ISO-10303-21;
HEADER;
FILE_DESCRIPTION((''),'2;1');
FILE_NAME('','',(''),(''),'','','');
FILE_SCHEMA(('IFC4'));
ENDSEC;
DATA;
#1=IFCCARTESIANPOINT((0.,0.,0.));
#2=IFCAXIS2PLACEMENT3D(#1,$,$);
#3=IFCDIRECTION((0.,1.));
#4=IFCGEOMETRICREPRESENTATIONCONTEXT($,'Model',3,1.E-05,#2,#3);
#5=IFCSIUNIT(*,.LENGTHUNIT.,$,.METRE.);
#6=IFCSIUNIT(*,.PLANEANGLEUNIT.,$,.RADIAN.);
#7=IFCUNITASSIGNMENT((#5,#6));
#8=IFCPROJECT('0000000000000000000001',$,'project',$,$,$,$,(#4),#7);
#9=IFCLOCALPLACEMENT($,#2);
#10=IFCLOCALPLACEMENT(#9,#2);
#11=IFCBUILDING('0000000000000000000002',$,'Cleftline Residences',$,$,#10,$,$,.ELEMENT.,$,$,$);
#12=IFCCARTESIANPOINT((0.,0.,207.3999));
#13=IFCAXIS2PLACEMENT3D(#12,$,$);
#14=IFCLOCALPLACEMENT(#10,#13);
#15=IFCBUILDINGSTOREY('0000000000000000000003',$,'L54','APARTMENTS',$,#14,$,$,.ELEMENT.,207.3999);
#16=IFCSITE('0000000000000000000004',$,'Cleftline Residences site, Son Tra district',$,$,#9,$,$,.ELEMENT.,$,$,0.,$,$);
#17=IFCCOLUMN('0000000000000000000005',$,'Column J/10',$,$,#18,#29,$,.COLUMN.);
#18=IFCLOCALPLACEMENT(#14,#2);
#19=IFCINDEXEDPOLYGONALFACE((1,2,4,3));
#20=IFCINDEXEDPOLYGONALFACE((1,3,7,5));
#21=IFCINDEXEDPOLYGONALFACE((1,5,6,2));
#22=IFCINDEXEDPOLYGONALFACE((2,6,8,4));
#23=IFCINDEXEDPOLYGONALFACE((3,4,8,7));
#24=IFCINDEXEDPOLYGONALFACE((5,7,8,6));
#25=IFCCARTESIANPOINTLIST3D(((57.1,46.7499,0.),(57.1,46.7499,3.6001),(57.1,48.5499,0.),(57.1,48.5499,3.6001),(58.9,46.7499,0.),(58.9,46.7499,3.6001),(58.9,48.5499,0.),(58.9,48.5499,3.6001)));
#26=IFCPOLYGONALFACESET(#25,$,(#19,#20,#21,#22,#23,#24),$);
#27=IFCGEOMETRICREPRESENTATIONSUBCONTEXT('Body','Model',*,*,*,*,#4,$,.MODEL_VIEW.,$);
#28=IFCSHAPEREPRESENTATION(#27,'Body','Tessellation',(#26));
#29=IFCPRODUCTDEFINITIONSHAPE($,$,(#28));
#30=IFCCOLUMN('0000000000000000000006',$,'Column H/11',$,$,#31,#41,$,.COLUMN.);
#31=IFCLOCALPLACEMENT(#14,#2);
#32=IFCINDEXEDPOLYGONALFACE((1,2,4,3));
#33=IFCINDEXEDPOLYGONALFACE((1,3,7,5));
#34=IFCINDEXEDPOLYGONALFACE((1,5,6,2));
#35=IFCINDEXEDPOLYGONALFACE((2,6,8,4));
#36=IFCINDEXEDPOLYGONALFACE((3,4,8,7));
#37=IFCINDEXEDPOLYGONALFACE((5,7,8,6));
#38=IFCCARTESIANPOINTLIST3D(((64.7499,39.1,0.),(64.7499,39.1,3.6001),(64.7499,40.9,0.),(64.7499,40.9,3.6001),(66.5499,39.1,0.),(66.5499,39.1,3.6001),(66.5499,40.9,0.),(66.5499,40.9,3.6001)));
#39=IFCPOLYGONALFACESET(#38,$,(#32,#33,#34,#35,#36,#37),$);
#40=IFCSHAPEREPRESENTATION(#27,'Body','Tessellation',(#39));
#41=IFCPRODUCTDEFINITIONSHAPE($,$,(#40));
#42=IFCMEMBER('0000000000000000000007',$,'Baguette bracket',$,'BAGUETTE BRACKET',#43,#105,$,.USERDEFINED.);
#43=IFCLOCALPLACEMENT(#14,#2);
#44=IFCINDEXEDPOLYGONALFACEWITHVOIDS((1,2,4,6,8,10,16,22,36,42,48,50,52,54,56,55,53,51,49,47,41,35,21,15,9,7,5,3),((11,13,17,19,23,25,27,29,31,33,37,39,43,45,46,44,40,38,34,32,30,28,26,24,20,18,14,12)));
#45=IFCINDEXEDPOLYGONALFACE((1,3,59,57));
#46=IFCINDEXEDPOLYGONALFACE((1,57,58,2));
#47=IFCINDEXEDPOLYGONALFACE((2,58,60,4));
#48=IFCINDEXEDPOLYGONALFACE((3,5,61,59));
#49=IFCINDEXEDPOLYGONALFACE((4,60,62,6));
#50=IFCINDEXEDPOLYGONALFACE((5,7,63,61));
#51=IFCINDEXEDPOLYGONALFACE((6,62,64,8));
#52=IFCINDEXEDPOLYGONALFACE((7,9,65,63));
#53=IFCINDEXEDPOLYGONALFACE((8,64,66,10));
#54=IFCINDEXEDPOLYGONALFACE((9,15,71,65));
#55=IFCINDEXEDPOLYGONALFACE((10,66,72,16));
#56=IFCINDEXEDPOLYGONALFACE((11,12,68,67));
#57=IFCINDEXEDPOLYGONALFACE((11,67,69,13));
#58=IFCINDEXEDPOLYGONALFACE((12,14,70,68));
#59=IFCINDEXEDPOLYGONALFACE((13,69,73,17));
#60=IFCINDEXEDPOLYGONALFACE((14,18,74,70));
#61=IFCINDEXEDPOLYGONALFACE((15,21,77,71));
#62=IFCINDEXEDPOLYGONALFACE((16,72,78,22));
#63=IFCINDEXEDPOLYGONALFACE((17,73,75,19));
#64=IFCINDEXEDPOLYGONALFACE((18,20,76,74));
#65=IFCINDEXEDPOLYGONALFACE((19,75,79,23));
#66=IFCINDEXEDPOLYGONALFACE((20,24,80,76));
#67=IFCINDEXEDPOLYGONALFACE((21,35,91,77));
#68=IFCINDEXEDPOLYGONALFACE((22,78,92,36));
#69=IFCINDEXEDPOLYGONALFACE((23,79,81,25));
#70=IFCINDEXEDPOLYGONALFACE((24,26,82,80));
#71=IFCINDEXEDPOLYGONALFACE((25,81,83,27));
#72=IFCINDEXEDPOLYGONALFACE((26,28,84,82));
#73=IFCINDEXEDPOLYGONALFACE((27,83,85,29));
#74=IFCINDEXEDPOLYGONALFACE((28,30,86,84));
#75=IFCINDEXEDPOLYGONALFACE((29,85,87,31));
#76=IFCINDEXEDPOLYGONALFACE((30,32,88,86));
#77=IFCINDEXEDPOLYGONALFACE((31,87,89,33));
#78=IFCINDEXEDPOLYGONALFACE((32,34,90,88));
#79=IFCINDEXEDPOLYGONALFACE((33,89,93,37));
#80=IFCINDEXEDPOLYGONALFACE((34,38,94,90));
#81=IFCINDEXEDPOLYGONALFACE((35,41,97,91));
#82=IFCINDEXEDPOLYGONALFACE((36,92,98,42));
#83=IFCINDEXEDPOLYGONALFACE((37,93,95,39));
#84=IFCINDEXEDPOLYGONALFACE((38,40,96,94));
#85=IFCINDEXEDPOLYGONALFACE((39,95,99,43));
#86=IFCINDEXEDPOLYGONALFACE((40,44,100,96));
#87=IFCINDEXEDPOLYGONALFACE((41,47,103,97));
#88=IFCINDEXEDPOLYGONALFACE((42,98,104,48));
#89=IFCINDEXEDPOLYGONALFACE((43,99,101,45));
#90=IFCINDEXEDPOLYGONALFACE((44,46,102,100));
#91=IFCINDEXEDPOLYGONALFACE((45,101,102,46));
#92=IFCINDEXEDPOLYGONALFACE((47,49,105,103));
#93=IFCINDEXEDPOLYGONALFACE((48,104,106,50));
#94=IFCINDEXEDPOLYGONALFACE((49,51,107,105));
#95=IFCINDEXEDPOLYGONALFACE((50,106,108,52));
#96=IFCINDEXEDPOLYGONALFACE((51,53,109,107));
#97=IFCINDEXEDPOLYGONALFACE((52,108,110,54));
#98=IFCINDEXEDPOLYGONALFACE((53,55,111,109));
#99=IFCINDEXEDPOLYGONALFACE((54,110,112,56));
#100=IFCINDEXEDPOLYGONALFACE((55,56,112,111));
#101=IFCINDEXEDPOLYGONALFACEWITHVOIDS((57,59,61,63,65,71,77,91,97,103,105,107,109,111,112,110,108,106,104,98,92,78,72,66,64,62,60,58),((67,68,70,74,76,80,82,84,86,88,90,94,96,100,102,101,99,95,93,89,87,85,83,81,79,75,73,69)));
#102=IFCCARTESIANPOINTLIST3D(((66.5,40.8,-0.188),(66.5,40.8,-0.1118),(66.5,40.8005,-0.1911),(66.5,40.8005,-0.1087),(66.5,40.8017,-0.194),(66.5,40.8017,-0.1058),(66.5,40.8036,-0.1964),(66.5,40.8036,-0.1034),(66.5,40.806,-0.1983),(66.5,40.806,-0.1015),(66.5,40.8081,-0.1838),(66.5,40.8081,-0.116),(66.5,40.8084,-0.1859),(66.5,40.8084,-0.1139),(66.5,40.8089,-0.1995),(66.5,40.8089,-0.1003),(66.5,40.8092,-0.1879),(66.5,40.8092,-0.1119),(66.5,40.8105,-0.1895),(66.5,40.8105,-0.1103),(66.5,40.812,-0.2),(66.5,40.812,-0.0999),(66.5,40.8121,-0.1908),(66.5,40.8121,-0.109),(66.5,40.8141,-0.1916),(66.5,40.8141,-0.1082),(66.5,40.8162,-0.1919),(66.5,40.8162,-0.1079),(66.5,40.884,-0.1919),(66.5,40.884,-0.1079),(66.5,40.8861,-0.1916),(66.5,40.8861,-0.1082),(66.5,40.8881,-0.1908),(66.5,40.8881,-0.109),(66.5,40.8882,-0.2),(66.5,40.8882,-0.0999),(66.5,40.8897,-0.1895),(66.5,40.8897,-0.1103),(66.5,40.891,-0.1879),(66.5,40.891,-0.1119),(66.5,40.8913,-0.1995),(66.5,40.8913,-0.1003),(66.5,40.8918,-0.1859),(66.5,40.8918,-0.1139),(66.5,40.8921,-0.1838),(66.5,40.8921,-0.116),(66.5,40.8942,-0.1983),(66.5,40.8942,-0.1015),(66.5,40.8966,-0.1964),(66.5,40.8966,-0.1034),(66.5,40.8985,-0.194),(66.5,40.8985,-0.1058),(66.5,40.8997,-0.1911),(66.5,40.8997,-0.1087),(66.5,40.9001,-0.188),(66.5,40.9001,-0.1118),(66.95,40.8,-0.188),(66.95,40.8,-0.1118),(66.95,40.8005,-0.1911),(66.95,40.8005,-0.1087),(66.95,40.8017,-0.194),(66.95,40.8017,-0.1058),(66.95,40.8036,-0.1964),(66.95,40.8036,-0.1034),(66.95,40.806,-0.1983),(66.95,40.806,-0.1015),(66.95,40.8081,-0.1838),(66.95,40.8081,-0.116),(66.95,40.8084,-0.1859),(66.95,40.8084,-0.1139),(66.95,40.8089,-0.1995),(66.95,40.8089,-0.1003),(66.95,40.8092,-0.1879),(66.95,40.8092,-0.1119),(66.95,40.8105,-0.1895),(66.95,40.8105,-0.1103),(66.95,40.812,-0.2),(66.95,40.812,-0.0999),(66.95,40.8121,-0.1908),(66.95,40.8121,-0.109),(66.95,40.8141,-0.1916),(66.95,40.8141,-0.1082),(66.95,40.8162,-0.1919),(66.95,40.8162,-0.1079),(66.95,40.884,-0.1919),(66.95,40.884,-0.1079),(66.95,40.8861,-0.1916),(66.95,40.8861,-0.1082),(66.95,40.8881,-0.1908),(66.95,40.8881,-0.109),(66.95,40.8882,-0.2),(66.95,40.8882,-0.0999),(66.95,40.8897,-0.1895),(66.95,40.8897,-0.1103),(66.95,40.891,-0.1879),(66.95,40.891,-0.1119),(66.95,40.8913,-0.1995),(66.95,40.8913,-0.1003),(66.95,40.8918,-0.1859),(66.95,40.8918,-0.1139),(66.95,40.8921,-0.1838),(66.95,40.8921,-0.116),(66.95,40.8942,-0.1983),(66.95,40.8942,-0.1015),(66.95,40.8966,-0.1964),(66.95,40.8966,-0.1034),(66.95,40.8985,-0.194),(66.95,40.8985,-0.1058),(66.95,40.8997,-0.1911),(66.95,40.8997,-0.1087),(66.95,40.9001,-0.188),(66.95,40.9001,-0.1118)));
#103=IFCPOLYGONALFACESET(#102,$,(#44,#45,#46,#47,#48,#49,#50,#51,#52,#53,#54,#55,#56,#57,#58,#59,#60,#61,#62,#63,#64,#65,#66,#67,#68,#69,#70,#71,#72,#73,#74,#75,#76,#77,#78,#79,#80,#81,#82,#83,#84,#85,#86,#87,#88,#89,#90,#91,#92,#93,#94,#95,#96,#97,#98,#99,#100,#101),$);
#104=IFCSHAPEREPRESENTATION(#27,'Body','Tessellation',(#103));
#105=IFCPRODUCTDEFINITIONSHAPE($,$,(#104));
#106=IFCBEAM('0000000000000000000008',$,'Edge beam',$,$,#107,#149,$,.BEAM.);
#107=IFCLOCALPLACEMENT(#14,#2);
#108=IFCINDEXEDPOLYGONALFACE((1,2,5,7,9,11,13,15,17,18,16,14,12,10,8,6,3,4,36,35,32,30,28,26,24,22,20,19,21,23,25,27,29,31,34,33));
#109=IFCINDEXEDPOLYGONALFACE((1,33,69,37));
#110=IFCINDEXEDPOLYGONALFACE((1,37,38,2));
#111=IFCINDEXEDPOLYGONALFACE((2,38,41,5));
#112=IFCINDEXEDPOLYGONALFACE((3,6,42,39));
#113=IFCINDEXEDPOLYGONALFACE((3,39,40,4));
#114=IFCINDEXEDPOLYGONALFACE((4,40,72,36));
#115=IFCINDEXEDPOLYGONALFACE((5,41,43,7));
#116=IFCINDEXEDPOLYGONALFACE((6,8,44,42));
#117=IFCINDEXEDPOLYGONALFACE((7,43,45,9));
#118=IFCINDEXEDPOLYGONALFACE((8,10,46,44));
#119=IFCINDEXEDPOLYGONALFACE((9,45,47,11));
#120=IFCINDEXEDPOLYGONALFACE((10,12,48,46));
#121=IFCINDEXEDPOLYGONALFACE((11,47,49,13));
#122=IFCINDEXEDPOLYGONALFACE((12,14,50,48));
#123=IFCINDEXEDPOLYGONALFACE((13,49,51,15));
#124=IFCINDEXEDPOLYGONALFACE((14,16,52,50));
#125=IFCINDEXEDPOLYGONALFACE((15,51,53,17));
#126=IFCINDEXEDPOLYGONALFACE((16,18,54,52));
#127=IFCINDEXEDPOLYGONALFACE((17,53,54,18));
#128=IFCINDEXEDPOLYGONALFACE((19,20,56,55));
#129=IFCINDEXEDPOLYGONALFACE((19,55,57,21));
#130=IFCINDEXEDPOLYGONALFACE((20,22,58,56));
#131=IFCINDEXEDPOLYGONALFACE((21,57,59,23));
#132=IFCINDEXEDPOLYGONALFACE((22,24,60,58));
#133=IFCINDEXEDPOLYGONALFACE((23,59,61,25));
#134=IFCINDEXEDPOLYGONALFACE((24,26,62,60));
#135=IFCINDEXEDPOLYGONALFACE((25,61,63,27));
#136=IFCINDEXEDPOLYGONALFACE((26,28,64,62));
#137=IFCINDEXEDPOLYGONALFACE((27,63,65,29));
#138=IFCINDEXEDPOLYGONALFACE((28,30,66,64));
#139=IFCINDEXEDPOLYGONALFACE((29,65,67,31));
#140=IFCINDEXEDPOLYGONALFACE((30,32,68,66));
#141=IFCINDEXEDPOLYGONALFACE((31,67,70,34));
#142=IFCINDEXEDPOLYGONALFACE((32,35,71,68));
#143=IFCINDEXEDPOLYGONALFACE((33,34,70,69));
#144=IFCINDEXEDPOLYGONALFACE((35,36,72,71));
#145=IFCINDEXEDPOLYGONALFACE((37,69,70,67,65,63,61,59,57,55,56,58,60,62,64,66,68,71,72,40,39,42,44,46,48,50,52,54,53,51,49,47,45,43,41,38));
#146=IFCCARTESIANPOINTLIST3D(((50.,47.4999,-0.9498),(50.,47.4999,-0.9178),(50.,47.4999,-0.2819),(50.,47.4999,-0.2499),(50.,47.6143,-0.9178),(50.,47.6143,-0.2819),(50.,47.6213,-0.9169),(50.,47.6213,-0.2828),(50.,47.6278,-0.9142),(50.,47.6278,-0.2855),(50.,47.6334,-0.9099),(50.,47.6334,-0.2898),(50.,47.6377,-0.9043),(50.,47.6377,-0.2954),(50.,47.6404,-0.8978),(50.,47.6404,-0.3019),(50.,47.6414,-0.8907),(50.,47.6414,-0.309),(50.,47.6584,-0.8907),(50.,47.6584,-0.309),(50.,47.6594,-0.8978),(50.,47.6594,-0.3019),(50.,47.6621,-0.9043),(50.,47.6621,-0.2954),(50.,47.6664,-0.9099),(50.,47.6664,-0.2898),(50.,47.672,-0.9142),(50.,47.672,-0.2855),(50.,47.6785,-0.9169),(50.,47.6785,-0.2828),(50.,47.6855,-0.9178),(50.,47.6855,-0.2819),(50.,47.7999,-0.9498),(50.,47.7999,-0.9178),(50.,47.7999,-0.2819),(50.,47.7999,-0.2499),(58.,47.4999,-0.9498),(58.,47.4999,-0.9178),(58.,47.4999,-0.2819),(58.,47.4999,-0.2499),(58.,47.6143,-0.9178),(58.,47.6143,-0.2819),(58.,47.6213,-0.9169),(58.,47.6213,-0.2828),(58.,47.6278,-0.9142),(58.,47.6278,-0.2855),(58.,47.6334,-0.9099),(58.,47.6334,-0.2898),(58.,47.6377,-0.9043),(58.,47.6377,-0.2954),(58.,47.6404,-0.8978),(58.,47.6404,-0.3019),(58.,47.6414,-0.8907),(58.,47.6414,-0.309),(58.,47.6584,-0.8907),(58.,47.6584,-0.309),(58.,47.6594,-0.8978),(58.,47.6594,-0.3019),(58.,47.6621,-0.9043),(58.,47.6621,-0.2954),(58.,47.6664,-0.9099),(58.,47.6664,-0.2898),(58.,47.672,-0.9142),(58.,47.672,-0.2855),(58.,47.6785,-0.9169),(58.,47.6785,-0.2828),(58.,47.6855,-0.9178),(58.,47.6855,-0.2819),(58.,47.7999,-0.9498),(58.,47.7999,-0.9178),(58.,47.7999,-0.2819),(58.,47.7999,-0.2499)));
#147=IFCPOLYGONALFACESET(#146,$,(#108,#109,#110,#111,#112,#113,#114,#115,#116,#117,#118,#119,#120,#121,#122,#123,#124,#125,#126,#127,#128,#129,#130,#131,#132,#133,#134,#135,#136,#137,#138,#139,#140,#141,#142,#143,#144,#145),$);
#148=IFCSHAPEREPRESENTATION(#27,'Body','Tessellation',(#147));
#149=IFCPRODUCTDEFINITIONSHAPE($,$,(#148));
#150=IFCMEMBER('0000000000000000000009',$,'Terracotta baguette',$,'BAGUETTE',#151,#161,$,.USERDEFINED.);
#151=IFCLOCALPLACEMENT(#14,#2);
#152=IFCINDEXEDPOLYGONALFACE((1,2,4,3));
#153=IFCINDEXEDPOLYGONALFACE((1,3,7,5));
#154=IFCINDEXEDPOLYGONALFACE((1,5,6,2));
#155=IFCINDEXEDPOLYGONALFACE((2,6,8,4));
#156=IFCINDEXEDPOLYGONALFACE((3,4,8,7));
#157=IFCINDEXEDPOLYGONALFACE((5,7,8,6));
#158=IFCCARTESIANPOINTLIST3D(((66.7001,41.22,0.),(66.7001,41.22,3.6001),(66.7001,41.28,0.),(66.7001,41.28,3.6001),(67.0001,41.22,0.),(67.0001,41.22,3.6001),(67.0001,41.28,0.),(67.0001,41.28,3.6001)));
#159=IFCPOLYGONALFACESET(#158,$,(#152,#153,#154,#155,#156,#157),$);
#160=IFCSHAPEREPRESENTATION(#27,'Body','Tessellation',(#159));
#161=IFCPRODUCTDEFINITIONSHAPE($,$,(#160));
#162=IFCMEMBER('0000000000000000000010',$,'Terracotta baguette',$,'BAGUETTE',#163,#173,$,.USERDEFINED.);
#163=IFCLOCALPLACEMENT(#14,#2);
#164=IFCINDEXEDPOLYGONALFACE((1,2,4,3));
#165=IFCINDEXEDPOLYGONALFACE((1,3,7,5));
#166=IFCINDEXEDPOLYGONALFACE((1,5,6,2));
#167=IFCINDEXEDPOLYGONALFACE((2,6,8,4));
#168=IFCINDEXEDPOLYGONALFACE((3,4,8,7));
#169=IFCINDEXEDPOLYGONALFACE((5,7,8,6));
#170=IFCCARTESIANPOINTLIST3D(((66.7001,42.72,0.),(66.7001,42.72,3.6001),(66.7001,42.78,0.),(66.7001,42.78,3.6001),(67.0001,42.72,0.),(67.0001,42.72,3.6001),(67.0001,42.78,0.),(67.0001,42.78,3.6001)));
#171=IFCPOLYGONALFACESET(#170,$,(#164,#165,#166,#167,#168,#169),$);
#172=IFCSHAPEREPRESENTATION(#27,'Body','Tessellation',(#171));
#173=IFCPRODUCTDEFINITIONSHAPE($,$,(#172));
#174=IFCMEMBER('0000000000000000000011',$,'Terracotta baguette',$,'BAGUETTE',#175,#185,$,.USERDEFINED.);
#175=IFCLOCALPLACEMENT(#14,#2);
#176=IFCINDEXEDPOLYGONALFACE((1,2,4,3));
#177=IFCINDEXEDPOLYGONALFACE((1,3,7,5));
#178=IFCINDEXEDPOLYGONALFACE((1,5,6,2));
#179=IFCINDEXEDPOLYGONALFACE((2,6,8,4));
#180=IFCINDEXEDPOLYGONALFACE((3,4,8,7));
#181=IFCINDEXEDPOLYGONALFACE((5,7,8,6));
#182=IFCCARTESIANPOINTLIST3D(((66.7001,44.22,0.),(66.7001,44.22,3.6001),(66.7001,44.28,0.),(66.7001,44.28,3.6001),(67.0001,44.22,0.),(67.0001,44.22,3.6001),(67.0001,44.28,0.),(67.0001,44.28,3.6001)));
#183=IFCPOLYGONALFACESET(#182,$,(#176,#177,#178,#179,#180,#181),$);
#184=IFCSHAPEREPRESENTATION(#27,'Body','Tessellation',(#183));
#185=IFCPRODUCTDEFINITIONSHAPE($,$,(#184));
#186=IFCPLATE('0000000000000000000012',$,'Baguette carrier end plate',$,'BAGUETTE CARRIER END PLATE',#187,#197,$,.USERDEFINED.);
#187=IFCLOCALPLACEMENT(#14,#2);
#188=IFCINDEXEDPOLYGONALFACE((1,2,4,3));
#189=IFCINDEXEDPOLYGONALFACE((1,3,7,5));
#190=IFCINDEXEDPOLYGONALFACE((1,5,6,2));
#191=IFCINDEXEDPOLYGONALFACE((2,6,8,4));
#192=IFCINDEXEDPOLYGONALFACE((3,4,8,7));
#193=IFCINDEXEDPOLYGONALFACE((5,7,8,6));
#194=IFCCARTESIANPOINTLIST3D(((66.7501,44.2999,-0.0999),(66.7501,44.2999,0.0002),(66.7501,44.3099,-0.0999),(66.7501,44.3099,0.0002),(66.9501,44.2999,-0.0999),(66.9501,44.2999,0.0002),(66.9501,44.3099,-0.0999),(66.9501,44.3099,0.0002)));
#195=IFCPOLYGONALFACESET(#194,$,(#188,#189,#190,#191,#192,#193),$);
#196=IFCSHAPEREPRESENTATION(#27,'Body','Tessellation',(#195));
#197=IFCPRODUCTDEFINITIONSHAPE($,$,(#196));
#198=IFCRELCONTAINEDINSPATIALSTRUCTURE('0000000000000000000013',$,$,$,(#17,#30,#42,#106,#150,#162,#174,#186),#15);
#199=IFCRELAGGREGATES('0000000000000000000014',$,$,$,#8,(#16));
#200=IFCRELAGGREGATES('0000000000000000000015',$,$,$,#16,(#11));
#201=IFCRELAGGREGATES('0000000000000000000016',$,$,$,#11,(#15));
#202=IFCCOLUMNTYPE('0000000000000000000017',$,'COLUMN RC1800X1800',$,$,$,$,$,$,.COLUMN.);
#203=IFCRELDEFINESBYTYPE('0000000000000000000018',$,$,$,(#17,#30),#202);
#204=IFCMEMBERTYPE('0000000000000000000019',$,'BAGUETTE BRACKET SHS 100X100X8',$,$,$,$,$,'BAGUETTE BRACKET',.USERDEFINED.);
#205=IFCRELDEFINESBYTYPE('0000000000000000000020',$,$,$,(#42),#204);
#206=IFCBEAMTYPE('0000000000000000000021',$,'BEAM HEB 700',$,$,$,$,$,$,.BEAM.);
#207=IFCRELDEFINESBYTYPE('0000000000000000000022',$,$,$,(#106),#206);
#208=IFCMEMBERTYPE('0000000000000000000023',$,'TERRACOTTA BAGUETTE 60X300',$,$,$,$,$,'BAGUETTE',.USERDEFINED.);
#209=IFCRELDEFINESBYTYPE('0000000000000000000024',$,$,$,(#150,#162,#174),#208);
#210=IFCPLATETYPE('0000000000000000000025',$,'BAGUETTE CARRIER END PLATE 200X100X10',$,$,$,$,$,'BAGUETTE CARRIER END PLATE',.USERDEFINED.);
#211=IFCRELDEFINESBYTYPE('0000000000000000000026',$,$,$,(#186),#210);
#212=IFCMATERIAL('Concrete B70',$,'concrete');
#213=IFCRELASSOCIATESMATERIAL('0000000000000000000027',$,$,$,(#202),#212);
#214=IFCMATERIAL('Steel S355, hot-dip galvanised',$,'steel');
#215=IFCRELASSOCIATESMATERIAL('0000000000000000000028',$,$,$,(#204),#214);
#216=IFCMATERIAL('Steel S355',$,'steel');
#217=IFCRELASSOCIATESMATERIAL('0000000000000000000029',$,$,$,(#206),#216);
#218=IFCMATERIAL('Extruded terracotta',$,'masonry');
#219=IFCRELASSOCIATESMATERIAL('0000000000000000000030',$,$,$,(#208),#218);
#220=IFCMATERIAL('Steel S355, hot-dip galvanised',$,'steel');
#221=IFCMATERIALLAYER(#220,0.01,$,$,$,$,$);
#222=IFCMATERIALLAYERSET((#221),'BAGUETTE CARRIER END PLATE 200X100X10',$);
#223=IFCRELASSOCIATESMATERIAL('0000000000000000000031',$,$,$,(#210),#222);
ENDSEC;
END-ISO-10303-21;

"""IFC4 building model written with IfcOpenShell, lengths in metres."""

from ifc_helpers import new_model, si_unit, direction, frame, origin, origin_2d, place, context, subcontext, project, spatial, rectangle, hollow_rectangle, i_section, extrude, material, layer, layer_set, material_profile, profile_set, type_object, element, save


model = new_model("IFC4")

# Units and contexts
model_context = context("Model", 3, precision=1e-05, world=origin(), true_north=direction((0.0, 1.0)))
body_context = subcontext(model_context, "Body", "Model", "MODEL_VIEW")
ifc_project = project(units=[si_unit("LENGTHUNIT", "METRE"), si_unit("PLANEANGLEUNIT", "RADIAN")], contexts=[model_context])

# Site, building, storey
site_placement = place(None, origin())
site = spatial("IfcSite", under=ifc_project, at=site_placement, Name="Cleftline Residences site, Son Tra district", CompositionType="ELEMENT", RefElevation=0.0)
building_placement = place(site_placement, origin())
building = spatial("IfcBuilding", under=site, at=building_placement, Name="Cleftline Residences", CompositionType="ELEMENT")
storey_placement = place(building_placement, frame((0.0, 0.0, 207.3999)))
storey = spatial("IfcBuildingStorey", under=building, at=storey_placement, Name="L54", Description="APARTMENTS", CompositionType="ELEMENT", Elevation=207.3999)

# Columns
ifc_material_1 = material(Name="Concrete B70", Category="concrete")
ifc_material_profile_1 = material_profile(ifc_material_1, rectangle(XDim=1.8, YDim=1.8, at=origin_2d()))
ifc_profile_set_1 = profile_set([ifc_material_profile_1], Name="Concrete B70")
column_type = type_object("IfcColumnType", Name="COLUMN RC1800X1800", PredefinedType="COLUMN", material=ifc_profile_set_1)
for number, where, z_axis, x_axis, name in (
    (1, (58.0, 47.6499, 0.0), (0.0, 0.0, 1.0), (1.0, 0.0, 0.0), "Column J/10"),
    (2, (65.6499, 40.0, 0.0), (0.0, 0.0, 1.0), (1.0, 0.0, 0.0), "Column H/11"),
):
    element("IfcColumn", number, at=place(storey_placement, frame(where, z_axis=z_axis, x_axis=x_axis)), inside=storey, type_object=column_type, Name=name, PredefinedType="COLUMN", context=body_context, shape_type="SweptSolid", body=[
        extrude(rectangle(XDim=1.8, YDim=1.8, at=origin_2d()), origin(), (0.0, 0.0, 1.0), 3.6001),
    ])

# Member
ifc_material_2 = material(Name="Steel S355, hot-dip galvanised", Category="steel")
ifc_material_profile_2 = material_profile(ifc_material_2, hollow_rectangle(XDim=0.1001, YDim=0.1001, WallThickness=0.0081, InnerFilletRadius=0.0081, OuterFilletRadius=0.012, at=origin_2d()))
ifc_profile_set_2 = profile_set([ifc_material_profile_2], Name="Steel S355, hot-dip galvanised")
member_type_1 = type_object("IfcMemberType", Name="BAGUETTE BRACKET SHS 100X100X8", ElementType="BAGUETTE BRACKET", PredefinedType="USERDEFINED", material=ifc_profile_set_2)
member_placement = place(storey_placement, frame((66.5, 40.8501, -0.1499), z_axis=(1.0, 0.0, 0.0), x_axis=(0.0, 1.0, 0.0)))
element("IfcMember", 3, at=member_placement, inside=storey, type_object=member_type_1, Name="Baguette bracket", ObjectType="BAGUETTE BRACKET", PredefinedType="USERDEFINED", context=body_context, shape_type="SweptSolid", body=[
    extrude(hollow_rectangle(XDim=0.1001, YDim=0.1001, WallThickness=0.0081, InnerFilletRadius=0.0081, OuterFilletRadius=0.012, at=origin_2d()), origin(), (0.0, 0.0, 1.0), 0.45),
])

# Beam
ifc_material_3 = material(Name="Steel S355", Category="steel")
ifc_material_profile_3 = material_profile(ifc_material_3, i_section(OverallWidth=0.3, OverallDepth=0.7, WebThickness=0.0171, FlangeThickness=0.032, FilletRadius=0.0271, at=origin_2d()))
ifc_profile_set_3 = profile_set([ifc_material_profile_3], Name="Steel S355")
beam_type = type_object("IfcBeamType", Name="BEAM HEB 700", PredefinedType="BEAM", material=ifc_profile_set_3)
beam_placement = place(storey_placement, frame((58.0, 47.6499, -0.5999), z_axis=(-1.0, 0.0, 0.0), x_axis=(0.0, -1.0, 0.0)))
element("IfcBeam", 4, at=beam_placement, inside=storey, type_object=beam_type, Name="Edge beam", PredefinedType="BEAM", context=body_context, shape_type="SweptSolid", body=[
    extrude(i_section(OverallWidth=0.3, OverallDepth=0.7, WebThickness=0.0171, FlangeThickness=0.032, FilletRadius=0.0271, at=origin_2d()), origin(), (0.0, 0.0, 1.0), 8.0),
])

# Members
ifc_material_4 = material(Name="Extruded terracotta", Category="masonry")
ifc_material_profile_4 = material_profile(ifc_material_4, rectangle(XDim=0.0601, YDim=0.3, at=origin_2d()))
ifc_profile_set_4 = profile_set([ifc_material_profile_4], Name="Extruded terracotta")
member_type_2 = type_object("IfcMemberType", Name="TERRACOTTA BAGUETTE 60X300", ElementType="BAGUETTE", PredefinedType="USERDEFINED", material=ifc_profile_set_4)
for number, where, z_axis, x_axis, name in (
    (5, (66.8501, 41.25, 0.0), (0.0, 0.0, 1.0), (0.0, 1.0, 0.0), "Terracotta baguette"),
    (6, (66.8501, 42.75, 0.0), (0.0, 0.0, 1.0), (0.0, 1.0, 0.0), "Terracotta baguette"),
    (7, (66.8501, 44.25, 0.0), (0.0, 0.0, 1.0), (0.0, 1.0, 0.0), "Terracotta baguette"),
):
    element("IfcMember", number, at=place(storey_placement, frame(where, z_axis=z_axis, x_axis=x_axis)), inside=storey, type_object=member_type_2, Name=name, ObjectType="BAGUETTE", PredefinedType="USERDEFINED", context=body_context, shape_type="SweptSolid", body=[
        extrude(rectangle(XDim=0.0601, YDim=0.3, at=origin_2d()), origin(), (0.0, 0.0, 1.0), 3.6001),
    ])

# Plate
ifc_material_5 = material(Name="Steel S355, hot-dip galvanised", Category="steel")
ifc_layer_1 = layer(ifc_material_5, 0.01)
ifc_layer_set_1 = layer_set([ifc_layer_1], Name="BAGUETTE CARRIER END PLATE 200X100X10")
plate_type = type_object("IfcPlateType", Name="BAGUETTE CARRIER END PLATE 200X100X10", ElementType="BAGUETTE CARRIER END PLATE", PredefinedType="USERDEFINED", material=ifc_layer_set_1)
plate_placement = place(storey_placement, frame((66.8501, 44.3049, -0.0999), z_axis=(0.0, 0.0, 1.0), x_axis=(1.0, 0.0, 0.0)))
element("IfcPlate", 8, at=plate_placement, inside=storey, type_object=plate_type, Name="Baguette carrier end plate", ObjectType="BAGUETTE CARRIER END PLATE", PredefinedType="USERDEFINED", context=body_context, shape_type="SweptSolid", body=[
    extrude(rectangle(XDim=0.2, YDim=0.01, at=origin_2d()), origin(), (0.0, 0.0, 1.0), 0.1001),
])

save(model, "model.ifc")
